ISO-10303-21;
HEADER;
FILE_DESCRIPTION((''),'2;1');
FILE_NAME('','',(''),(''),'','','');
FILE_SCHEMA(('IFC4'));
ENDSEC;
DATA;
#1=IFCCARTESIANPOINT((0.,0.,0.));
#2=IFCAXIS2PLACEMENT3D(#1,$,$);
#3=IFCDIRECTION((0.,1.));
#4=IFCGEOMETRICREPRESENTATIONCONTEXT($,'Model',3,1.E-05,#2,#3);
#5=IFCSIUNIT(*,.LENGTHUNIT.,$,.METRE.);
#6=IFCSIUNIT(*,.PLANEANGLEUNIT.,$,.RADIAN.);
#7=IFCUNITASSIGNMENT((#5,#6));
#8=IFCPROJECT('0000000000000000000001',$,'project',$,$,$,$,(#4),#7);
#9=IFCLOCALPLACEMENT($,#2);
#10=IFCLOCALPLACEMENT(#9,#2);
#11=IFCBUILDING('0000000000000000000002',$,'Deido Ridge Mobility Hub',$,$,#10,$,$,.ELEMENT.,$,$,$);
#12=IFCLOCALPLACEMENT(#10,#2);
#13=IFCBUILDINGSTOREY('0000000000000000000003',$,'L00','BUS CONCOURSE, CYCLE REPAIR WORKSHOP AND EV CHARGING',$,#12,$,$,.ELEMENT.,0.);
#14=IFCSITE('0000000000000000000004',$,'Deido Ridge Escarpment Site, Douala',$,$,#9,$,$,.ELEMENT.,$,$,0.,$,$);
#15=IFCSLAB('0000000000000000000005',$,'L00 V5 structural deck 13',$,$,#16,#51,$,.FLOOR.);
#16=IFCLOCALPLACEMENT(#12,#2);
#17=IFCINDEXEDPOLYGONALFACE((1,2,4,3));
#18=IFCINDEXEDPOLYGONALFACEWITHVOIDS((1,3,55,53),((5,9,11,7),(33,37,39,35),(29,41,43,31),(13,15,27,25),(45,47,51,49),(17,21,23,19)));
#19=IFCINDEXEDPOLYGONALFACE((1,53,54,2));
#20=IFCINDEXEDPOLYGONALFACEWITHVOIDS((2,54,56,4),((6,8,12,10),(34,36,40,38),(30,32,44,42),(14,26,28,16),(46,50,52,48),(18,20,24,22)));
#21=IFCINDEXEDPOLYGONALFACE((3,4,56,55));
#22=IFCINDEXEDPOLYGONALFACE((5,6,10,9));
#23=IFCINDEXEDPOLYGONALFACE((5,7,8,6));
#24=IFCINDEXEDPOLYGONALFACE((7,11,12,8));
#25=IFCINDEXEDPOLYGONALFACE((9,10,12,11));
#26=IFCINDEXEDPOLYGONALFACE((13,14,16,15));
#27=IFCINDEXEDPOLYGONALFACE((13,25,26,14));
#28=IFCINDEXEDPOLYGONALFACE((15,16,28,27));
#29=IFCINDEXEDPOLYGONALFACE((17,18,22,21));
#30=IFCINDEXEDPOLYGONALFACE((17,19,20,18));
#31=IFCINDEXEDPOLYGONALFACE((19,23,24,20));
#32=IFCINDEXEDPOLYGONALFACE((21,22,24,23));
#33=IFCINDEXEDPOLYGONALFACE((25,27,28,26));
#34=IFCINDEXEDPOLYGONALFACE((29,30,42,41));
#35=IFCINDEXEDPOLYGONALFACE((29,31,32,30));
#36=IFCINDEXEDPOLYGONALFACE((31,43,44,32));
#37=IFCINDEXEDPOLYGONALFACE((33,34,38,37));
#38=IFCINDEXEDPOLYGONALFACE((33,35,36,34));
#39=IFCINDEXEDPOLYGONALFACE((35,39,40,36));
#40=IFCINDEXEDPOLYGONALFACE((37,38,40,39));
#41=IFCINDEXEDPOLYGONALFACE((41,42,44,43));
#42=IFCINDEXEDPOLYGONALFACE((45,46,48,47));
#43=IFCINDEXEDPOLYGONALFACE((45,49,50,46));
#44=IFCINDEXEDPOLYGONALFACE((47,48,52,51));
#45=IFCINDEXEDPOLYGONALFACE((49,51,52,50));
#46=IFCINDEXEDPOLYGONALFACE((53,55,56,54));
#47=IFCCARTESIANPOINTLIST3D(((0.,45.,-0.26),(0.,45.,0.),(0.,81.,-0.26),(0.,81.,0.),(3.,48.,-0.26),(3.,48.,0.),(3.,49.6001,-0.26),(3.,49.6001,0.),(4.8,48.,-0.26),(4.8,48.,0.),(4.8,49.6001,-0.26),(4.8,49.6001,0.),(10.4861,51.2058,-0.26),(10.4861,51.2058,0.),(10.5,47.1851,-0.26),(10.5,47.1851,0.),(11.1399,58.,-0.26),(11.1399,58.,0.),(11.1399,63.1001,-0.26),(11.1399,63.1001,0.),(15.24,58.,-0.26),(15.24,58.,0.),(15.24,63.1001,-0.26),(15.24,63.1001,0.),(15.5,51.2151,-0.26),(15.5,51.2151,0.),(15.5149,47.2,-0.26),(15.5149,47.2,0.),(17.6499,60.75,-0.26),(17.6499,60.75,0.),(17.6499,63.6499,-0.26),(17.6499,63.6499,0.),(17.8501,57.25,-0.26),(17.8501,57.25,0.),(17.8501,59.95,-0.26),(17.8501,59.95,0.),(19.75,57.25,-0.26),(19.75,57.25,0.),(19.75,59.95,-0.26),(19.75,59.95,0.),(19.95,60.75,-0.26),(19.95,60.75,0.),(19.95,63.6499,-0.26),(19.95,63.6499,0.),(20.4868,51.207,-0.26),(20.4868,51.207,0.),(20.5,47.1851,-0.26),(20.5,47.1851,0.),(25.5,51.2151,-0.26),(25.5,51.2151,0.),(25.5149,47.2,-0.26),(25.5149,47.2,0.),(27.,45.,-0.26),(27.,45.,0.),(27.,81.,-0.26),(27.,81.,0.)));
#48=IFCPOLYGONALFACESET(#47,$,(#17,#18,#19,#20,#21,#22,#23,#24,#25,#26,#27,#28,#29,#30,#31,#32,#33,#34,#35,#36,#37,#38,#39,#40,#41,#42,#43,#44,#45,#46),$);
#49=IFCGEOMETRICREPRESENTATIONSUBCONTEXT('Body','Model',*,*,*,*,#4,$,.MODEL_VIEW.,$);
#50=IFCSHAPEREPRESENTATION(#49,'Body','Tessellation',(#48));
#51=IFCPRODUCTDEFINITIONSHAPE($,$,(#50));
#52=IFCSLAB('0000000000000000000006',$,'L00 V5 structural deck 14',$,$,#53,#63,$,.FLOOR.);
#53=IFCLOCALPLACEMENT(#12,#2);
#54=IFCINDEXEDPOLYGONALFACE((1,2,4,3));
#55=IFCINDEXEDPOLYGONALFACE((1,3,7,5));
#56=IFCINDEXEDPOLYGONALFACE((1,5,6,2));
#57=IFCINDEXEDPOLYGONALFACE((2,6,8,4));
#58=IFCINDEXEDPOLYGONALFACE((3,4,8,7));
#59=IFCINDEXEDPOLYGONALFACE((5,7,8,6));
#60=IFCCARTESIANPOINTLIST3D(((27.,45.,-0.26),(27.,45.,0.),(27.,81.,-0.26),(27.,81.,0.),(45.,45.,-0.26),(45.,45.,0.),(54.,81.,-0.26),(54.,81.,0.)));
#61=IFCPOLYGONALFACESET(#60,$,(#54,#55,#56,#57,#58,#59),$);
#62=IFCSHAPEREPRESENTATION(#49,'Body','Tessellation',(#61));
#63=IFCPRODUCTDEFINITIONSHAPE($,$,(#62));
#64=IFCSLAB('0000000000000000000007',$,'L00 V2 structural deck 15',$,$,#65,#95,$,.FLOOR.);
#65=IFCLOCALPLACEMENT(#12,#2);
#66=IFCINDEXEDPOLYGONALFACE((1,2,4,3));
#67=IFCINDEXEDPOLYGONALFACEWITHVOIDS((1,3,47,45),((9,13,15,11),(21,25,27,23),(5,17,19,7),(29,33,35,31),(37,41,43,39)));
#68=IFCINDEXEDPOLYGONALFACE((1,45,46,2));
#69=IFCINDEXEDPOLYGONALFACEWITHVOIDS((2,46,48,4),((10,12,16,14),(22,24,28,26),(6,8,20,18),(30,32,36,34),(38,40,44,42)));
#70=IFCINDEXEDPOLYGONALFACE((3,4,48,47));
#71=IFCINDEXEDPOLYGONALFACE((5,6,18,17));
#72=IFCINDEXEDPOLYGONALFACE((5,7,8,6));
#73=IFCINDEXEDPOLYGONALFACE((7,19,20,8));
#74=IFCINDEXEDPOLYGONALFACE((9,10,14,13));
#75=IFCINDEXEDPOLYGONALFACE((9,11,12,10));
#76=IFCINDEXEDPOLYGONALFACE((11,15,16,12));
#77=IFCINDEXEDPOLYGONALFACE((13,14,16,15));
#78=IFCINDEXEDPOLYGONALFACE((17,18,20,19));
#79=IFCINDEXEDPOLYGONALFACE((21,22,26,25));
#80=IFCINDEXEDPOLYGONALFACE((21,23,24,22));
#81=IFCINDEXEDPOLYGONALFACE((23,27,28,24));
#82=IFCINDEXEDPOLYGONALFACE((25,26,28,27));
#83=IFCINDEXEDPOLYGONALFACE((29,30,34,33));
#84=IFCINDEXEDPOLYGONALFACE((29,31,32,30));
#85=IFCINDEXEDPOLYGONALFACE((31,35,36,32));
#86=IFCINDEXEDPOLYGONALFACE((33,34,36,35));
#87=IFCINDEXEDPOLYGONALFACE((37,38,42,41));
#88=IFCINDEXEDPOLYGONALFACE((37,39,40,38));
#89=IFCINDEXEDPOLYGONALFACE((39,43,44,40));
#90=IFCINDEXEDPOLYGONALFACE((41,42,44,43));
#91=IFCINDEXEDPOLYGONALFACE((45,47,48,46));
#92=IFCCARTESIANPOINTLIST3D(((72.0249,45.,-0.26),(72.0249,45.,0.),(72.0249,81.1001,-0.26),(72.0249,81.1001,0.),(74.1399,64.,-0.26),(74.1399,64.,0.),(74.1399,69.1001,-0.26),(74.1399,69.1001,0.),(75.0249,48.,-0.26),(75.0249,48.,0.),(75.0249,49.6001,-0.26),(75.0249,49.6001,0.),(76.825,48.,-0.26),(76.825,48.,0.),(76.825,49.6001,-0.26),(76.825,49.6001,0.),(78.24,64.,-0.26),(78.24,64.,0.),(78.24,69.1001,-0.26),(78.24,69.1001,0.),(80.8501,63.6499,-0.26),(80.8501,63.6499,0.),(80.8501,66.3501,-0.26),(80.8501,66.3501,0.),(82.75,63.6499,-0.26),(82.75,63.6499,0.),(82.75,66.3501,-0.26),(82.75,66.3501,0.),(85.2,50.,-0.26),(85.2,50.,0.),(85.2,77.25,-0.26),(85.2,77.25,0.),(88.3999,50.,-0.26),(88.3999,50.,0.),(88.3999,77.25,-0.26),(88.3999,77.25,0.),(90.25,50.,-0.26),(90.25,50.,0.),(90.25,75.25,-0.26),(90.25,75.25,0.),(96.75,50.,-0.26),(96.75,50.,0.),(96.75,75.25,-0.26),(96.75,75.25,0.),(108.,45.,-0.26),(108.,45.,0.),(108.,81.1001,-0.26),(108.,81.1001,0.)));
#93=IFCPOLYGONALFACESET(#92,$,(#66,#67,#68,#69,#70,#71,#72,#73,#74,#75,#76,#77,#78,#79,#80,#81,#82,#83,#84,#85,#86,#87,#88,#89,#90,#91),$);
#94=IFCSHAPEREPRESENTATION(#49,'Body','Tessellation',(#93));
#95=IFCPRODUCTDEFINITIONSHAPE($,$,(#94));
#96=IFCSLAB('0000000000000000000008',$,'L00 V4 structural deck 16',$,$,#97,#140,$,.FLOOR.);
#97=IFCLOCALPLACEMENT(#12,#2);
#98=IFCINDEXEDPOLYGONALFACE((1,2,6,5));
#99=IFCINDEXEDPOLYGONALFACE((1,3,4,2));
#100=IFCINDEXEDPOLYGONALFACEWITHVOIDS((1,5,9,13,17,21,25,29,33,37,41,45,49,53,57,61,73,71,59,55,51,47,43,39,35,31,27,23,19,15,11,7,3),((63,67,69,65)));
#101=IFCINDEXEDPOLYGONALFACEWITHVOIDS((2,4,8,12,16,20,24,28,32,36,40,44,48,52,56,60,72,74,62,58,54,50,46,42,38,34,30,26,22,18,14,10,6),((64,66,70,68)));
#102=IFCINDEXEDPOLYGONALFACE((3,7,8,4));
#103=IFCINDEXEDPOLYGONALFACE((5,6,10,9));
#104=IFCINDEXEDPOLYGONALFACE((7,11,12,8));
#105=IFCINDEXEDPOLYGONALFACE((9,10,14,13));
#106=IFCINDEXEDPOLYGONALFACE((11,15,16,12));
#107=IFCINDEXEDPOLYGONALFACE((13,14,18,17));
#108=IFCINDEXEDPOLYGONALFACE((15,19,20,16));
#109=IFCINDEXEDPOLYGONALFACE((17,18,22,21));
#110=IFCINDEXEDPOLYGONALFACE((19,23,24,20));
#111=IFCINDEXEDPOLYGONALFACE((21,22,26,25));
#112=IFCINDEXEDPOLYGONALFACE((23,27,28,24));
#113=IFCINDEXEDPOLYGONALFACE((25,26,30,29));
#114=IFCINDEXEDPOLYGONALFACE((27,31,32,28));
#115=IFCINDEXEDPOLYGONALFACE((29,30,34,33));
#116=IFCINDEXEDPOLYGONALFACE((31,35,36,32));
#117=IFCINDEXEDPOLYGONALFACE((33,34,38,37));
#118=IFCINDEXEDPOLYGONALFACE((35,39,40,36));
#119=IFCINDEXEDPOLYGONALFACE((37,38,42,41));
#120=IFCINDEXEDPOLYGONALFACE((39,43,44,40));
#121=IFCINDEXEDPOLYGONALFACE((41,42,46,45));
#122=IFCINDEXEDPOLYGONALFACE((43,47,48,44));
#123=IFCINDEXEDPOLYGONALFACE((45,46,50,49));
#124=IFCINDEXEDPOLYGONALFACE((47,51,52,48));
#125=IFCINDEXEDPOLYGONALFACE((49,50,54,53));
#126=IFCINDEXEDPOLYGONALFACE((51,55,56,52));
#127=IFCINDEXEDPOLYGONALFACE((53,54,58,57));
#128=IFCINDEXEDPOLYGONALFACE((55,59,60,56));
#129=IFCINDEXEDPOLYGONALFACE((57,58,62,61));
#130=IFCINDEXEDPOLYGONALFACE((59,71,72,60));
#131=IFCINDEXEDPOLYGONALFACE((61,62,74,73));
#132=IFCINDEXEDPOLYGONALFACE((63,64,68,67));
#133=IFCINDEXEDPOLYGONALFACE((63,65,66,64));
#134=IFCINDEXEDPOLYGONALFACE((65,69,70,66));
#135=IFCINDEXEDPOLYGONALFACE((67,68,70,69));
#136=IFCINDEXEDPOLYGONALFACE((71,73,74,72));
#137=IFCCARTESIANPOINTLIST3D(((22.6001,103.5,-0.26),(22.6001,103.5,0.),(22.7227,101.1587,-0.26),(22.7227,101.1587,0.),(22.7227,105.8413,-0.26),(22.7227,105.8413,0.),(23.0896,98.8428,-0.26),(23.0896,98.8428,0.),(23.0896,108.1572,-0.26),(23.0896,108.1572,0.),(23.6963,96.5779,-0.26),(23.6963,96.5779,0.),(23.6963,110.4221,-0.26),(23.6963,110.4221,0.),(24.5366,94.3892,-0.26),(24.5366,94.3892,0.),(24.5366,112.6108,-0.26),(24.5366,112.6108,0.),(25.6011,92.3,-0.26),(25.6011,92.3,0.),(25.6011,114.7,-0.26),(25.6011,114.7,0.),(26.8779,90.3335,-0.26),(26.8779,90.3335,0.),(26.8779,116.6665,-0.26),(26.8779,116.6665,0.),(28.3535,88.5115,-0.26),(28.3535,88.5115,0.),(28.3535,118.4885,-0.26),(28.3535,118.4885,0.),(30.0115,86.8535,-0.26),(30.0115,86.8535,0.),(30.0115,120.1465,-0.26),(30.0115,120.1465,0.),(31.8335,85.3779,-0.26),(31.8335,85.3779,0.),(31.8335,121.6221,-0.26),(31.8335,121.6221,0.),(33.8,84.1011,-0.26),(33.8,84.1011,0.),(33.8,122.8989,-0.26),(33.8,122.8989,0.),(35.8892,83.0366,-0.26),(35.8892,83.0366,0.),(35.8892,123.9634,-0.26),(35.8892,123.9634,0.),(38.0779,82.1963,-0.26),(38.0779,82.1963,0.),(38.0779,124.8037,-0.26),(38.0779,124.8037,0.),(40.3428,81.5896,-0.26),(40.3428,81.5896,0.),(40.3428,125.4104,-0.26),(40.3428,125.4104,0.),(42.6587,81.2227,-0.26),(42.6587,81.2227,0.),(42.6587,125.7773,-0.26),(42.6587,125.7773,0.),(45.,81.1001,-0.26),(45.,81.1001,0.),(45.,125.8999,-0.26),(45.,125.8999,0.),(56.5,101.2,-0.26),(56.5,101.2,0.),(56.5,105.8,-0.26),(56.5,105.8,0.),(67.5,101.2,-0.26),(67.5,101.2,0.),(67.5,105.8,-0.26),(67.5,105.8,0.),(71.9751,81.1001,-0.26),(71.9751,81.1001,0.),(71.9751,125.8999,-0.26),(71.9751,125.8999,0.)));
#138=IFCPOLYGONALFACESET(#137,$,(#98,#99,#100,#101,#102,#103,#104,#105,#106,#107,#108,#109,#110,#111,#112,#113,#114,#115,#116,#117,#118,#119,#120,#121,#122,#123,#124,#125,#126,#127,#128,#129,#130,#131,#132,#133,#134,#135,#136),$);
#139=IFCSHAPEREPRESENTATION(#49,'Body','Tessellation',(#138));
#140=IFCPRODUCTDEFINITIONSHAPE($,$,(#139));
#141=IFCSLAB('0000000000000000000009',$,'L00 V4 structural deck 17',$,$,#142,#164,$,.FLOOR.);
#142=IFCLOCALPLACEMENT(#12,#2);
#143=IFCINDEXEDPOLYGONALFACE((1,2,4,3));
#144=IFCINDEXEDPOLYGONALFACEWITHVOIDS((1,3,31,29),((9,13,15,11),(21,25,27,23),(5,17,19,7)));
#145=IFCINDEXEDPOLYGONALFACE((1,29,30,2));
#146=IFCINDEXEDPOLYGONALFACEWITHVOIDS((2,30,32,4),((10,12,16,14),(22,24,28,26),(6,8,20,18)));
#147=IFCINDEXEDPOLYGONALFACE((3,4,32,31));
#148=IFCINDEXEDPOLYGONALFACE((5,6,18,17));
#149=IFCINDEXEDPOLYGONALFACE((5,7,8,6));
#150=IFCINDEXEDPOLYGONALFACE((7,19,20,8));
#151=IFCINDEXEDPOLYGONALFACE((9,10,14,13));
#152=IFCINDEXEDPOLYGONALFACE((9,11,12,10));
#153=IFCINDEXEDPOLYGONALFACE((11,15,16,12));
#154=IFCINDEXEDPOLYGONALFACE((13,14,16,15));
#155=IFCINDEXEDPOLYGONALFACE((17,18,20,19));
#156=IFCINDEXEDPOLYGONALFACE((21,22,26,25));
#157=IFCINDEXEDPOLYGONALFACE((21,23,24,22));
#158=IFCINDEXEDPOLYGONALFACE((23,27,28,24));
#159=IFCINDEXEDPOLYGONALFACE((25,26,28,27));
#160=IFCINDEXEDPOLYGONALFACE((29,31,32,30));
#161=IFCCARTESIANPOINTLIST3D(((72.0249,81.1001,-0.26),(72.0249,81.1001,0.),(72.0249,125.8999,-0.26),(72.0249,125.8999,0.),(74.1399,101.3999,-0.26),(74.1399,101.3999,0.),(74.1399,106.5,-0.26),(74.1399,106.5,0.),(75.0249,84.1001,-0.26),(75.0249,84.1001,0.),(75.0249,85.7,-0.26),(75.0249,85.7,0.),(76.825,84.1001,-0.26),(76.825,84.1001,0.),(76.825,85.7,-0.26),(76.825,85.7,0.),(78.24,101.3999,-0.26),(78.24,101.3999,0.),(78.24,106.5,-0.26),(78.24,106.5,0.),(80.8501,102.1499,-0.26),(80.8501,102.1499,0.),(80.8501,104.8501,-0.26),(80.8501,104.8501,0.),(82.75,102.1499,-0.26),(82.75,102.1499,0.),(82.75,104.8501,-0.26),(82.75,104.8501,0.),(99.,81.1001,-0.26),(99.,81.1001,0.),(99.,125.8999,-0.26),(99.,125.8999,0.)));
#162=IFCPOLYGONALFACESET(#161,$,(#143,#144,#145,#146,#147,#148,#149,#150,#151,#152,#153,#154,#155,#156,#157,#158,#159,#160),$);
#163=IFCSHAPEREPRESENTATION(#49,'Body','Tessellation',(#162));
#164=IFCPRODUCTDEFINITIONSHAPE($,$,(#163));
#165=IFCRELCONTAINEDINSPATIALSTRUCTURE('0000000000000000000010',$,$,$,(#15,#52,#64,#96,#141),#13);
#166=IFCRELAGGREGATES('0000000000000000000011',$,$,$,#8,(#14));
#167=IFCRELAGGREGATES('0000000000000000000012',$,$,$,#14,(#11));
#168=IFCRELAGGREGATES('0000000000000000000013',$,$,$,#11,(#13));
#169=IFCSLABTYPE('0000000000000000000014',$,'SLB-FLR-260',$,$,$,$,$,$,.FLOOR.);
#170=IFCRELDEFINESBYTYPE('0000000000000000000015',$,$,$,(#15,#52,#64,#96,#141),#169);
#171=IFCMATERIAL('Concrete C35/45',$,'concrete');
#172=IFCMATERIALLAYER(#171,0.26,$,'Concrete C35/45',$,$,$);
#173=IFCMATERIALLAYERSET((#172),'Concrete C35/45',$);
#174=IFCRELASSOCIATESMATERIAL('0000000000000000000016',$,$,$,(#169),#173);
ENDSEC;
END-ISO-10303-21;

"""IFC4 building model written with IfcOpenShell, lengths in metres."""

from ifc_helpers import new_model, si_unit, direction, frame, origin, place, context, subcontext, project, spatial, polyline, outline, extrude, material, layer, layer_set, type_object, element, save


model = new_model("IFC4")

# Units and contexts
model_context = context("Model", 3, precision=1e-05, world=origin(), true_north=direction((0.0, 1.0)))
body_context = subcontext(model_context, "Body", "Model", "MODEL_VIEW")
ifc_project = project(units=[si_unit("LENGTHUNIT", "METRE"), si_unit("PLANEANGLEUNIT", "RADIAN")], contexts=[model_context])

# Site, building, storey
site_placement = place(None, origin())
site = spatial("IfcSite", under=ifc_project, at=site_placement, Name="Deido Ridge Escarpment Site, Douala", CompositionType="ELEMENT", RefElevation=0.0)
building_placement = place(site_placement, origin())
building = spatial("IfcBuilding", under=site, at=building_placement, Name="Deido Ridge Mobility Hub", CompositionType="ELEMENT")
storey_placement = place(building_placement, origin())
storey = spatial("IfcBuildingStorey", under=building, at=storey_placement, Name="L00", Description="BUS CONCOURSE, CYCLE REPAIR WORKSHOP AND EV CHARGING", CompositionType="ELEMENT", Elevation=0.0)

# Slabs
ifc_material_1 = material(Name="Concrete C35/45", Category="concrete")
ifc_layer_1 = layer(ifc_material_1, 0.26, Name="Concrete C35/45")
ifc_layer_set_1 = layer_set([ifc_layer_1], Name="Concrete C35/45")
slab_type_1 = type_object("IfcSlabType", Name="SLB-FLR-260", PredefinedType="FLOOR", material=ifc_layer_set_1)
slab_1_placement = place(storey_placement, frame((0.0, 0.0, -0.26)))
element("IfcSlab", 1, at=slab_1_placement, inside=storey, type_object=slab_type_1, Name="L00 V5 structural deck 13", PredefinedType="FLOOR", context=body_context, shape_type="SweptSolid", body=[
    extrude(outline(polyline([(0.0, 81.0), (27.0, 81.0), (27.0, 45.0), (0.0, 45.0), (0.0, 81.0)]), holes=[polyline([(3.0, 49.6001), (4.8, 49.6001), (4.8, 48.0), (3.0, 48.0), (3.0, 49.6001)]), polyline([(10.4861, 51.2058), (15.5, 51.2151), (15.5149, 47.2), (10.5, 47.1851), (10.4861, 51.2058)]), polyline([(20.4868, 51.207), (25.5, 51.2151), (25.5149, 47.2), (20.5, 47.1851), (20.4868, 51.207)]), polyline([(17.8501, 59.95), (19.75, 59.95), (19.75, 57.25), (17.8501, 57.25), (17.8501, 59.95)]), polyline([(11.1399, 58.0), (11.1399, 63.1001), (15.24, 63.1001), (15.24, 58.0), (11.1399, 58.0)]), polyline([(17.6499, 63.6499), (19.95, 63.6499), (19.95, 60.75), (17.6499, 60.75), (17.6499, 63.6499)])]), origin(), (0.0, 0.0, 1.0), 0.26),
])
slab_2_placement = place(storey_placement, frame((0.0, 0.0, -0.26)))
element("IfcSlab", 2, at=slab_2_placement, inside=storey, type_object=slab_type_1, Name="L00 V5 structural deck 14", PredefinedType="FLOOR", context=body_context, shape_type="SweptSolid", body=[
    extrude(outline(polyline([(45.0, 45.0), (27.0, 45.0), (27.0, 81.0), (54.0, 81.0), (45.0, 45.0)])), origin(), (0.0, 0.0, 1.0), 0.26),
])
slab_3_placement = place(storey_placement, frame((0.0, 0.0, -0.26)))
element("IfcSlab", 3, at=slab_3_placement, inside=storey, type_object=slab_type_1, Name="L00 V2 structural deck 15", PredefinedType="FLOOR", context=body_context, shape_type="SweptSolid", body=[
    extrude(outline(polyline([(108.0, 81.1001), (108.0, 45.0), (72.0249, 45.0), (72.0249, 81.1001), (108.0, 81.1001)]), holes=[polyline([(75.0249, 49.6001), (76.825, 49.6001), (76.825, 48.0), (75.0249, 48.0), (75.0249, 49.6001)]), polyline([(74.1399, 69.1001), (78.24, 69.1001), (78.24, 64.0), (74.1399, 64.0), (74.1399, 69.1001)]), polyline([(90.25, 75.25), (96.75, 75.25), (96.75, 50.0), (90.25, 50.0), (90.25, 75.25)]), polyline([(85.2, 50.0), (85.2, 77.25), (88.3999, 77.25), (88.3999, 50.0), (85.2, 50.0)]), polyline([(80.8501, 66.3501), (82.75, 66.3501), (82.75, 63.6499), (80.8501, 63.6499), (80.8501, 66.3501)])]), origin(), (0.0, 0.0, 1.0), 0.26),
])
slab_4_placement = place(storey_placement, frame((0.0, 0.0, -0.26)))
element("IfcSlab", 4, at=slab_4_placement, inside=storey, type_object=slab_type_1, Name="L00 V4 structural deck 16", PredefinedType="FLOOR", context=body_context, shape_type="SweptSolid", body=[
    extrude(outline(polyline([(42.6587, 81.2227), (40.3428, 81.5896), (38.0779, 82.1963), (35.8892, 83.0366), (33.8, 84.1011), (31.8335, 85.3779), (30.0115, 86.8535), (28.3535, 88.5115), (26.8779, 90.3335), (25.6011, 92.3), (24.5366, 94.3892), (23.6963, 96.5779), (23.0896, 98.8428), (22.7227, 101.1587), (22.6001, 103.5), (22.7227, 105.8413), (23.0896, 108.1572), (23.6963, 110.4221), (24.5366, 112.6108), (25.6011, 114.7), (26.8779, 116.6665), (28.3535, 118.4885), (30.0115, 120.1465), (31.8335, 121.6221), (33.8, 122.8989), (35.8892, 123.9634), (38.0779, 124.8037), (40.3428, 125.4104), (42.6587, 125.7773), (45.0, 125.8999), (71.9751, 125.8999), (71.9751, 81.1001), (45.0, 81.1001), (42.6587, 81.2227)]), holes=[polyline([(56.5, 105.8), (67.5, 105.8), (67.5, 101.2), (56.5, 101.2), (56.5, 105.8)])]), origin(), (0.0, 0.0, 1.0), 0.26),
])
slab_5_placement = place(storey_placement, frame((0.0, 0.0, -0.26)))
element("IfcSlab", 5, at=slab_5_placement, inside=storey, type_object=slab_type_1, Name="L00 V4 structural deck 17", PredefinedType="FLOOR", context=body_context, shape_type="SweptSolid", body=[
    extrude(outline(polyline([(99.0, 81.1001), (72.0249, 81.1001), (72.0249, 125.8999), (99.0, 125.8999), (99.0, 81.1001)]), holes=[polyline([(75.0249, 85.7), (76.825, 85.7), (76.825, 84.1001), (75.0249, 84.1001), (75.0249, 85.7)]), polyline([(74.1399, 101.3999), (74.1399, 106.5), (78.24, 106.5), (78.24, 101.3999), (74.1399, 101.3999)]), polyline([(80.8501, 104.8501), (82.75, 104.8501), (82.75, 102.1499), (80.8501, 102.1499), (80.8501, 104.8501)])]), origin(), (0.0, 0.0, 1.0), 0.26),
])

save(model, "model.ifc")
